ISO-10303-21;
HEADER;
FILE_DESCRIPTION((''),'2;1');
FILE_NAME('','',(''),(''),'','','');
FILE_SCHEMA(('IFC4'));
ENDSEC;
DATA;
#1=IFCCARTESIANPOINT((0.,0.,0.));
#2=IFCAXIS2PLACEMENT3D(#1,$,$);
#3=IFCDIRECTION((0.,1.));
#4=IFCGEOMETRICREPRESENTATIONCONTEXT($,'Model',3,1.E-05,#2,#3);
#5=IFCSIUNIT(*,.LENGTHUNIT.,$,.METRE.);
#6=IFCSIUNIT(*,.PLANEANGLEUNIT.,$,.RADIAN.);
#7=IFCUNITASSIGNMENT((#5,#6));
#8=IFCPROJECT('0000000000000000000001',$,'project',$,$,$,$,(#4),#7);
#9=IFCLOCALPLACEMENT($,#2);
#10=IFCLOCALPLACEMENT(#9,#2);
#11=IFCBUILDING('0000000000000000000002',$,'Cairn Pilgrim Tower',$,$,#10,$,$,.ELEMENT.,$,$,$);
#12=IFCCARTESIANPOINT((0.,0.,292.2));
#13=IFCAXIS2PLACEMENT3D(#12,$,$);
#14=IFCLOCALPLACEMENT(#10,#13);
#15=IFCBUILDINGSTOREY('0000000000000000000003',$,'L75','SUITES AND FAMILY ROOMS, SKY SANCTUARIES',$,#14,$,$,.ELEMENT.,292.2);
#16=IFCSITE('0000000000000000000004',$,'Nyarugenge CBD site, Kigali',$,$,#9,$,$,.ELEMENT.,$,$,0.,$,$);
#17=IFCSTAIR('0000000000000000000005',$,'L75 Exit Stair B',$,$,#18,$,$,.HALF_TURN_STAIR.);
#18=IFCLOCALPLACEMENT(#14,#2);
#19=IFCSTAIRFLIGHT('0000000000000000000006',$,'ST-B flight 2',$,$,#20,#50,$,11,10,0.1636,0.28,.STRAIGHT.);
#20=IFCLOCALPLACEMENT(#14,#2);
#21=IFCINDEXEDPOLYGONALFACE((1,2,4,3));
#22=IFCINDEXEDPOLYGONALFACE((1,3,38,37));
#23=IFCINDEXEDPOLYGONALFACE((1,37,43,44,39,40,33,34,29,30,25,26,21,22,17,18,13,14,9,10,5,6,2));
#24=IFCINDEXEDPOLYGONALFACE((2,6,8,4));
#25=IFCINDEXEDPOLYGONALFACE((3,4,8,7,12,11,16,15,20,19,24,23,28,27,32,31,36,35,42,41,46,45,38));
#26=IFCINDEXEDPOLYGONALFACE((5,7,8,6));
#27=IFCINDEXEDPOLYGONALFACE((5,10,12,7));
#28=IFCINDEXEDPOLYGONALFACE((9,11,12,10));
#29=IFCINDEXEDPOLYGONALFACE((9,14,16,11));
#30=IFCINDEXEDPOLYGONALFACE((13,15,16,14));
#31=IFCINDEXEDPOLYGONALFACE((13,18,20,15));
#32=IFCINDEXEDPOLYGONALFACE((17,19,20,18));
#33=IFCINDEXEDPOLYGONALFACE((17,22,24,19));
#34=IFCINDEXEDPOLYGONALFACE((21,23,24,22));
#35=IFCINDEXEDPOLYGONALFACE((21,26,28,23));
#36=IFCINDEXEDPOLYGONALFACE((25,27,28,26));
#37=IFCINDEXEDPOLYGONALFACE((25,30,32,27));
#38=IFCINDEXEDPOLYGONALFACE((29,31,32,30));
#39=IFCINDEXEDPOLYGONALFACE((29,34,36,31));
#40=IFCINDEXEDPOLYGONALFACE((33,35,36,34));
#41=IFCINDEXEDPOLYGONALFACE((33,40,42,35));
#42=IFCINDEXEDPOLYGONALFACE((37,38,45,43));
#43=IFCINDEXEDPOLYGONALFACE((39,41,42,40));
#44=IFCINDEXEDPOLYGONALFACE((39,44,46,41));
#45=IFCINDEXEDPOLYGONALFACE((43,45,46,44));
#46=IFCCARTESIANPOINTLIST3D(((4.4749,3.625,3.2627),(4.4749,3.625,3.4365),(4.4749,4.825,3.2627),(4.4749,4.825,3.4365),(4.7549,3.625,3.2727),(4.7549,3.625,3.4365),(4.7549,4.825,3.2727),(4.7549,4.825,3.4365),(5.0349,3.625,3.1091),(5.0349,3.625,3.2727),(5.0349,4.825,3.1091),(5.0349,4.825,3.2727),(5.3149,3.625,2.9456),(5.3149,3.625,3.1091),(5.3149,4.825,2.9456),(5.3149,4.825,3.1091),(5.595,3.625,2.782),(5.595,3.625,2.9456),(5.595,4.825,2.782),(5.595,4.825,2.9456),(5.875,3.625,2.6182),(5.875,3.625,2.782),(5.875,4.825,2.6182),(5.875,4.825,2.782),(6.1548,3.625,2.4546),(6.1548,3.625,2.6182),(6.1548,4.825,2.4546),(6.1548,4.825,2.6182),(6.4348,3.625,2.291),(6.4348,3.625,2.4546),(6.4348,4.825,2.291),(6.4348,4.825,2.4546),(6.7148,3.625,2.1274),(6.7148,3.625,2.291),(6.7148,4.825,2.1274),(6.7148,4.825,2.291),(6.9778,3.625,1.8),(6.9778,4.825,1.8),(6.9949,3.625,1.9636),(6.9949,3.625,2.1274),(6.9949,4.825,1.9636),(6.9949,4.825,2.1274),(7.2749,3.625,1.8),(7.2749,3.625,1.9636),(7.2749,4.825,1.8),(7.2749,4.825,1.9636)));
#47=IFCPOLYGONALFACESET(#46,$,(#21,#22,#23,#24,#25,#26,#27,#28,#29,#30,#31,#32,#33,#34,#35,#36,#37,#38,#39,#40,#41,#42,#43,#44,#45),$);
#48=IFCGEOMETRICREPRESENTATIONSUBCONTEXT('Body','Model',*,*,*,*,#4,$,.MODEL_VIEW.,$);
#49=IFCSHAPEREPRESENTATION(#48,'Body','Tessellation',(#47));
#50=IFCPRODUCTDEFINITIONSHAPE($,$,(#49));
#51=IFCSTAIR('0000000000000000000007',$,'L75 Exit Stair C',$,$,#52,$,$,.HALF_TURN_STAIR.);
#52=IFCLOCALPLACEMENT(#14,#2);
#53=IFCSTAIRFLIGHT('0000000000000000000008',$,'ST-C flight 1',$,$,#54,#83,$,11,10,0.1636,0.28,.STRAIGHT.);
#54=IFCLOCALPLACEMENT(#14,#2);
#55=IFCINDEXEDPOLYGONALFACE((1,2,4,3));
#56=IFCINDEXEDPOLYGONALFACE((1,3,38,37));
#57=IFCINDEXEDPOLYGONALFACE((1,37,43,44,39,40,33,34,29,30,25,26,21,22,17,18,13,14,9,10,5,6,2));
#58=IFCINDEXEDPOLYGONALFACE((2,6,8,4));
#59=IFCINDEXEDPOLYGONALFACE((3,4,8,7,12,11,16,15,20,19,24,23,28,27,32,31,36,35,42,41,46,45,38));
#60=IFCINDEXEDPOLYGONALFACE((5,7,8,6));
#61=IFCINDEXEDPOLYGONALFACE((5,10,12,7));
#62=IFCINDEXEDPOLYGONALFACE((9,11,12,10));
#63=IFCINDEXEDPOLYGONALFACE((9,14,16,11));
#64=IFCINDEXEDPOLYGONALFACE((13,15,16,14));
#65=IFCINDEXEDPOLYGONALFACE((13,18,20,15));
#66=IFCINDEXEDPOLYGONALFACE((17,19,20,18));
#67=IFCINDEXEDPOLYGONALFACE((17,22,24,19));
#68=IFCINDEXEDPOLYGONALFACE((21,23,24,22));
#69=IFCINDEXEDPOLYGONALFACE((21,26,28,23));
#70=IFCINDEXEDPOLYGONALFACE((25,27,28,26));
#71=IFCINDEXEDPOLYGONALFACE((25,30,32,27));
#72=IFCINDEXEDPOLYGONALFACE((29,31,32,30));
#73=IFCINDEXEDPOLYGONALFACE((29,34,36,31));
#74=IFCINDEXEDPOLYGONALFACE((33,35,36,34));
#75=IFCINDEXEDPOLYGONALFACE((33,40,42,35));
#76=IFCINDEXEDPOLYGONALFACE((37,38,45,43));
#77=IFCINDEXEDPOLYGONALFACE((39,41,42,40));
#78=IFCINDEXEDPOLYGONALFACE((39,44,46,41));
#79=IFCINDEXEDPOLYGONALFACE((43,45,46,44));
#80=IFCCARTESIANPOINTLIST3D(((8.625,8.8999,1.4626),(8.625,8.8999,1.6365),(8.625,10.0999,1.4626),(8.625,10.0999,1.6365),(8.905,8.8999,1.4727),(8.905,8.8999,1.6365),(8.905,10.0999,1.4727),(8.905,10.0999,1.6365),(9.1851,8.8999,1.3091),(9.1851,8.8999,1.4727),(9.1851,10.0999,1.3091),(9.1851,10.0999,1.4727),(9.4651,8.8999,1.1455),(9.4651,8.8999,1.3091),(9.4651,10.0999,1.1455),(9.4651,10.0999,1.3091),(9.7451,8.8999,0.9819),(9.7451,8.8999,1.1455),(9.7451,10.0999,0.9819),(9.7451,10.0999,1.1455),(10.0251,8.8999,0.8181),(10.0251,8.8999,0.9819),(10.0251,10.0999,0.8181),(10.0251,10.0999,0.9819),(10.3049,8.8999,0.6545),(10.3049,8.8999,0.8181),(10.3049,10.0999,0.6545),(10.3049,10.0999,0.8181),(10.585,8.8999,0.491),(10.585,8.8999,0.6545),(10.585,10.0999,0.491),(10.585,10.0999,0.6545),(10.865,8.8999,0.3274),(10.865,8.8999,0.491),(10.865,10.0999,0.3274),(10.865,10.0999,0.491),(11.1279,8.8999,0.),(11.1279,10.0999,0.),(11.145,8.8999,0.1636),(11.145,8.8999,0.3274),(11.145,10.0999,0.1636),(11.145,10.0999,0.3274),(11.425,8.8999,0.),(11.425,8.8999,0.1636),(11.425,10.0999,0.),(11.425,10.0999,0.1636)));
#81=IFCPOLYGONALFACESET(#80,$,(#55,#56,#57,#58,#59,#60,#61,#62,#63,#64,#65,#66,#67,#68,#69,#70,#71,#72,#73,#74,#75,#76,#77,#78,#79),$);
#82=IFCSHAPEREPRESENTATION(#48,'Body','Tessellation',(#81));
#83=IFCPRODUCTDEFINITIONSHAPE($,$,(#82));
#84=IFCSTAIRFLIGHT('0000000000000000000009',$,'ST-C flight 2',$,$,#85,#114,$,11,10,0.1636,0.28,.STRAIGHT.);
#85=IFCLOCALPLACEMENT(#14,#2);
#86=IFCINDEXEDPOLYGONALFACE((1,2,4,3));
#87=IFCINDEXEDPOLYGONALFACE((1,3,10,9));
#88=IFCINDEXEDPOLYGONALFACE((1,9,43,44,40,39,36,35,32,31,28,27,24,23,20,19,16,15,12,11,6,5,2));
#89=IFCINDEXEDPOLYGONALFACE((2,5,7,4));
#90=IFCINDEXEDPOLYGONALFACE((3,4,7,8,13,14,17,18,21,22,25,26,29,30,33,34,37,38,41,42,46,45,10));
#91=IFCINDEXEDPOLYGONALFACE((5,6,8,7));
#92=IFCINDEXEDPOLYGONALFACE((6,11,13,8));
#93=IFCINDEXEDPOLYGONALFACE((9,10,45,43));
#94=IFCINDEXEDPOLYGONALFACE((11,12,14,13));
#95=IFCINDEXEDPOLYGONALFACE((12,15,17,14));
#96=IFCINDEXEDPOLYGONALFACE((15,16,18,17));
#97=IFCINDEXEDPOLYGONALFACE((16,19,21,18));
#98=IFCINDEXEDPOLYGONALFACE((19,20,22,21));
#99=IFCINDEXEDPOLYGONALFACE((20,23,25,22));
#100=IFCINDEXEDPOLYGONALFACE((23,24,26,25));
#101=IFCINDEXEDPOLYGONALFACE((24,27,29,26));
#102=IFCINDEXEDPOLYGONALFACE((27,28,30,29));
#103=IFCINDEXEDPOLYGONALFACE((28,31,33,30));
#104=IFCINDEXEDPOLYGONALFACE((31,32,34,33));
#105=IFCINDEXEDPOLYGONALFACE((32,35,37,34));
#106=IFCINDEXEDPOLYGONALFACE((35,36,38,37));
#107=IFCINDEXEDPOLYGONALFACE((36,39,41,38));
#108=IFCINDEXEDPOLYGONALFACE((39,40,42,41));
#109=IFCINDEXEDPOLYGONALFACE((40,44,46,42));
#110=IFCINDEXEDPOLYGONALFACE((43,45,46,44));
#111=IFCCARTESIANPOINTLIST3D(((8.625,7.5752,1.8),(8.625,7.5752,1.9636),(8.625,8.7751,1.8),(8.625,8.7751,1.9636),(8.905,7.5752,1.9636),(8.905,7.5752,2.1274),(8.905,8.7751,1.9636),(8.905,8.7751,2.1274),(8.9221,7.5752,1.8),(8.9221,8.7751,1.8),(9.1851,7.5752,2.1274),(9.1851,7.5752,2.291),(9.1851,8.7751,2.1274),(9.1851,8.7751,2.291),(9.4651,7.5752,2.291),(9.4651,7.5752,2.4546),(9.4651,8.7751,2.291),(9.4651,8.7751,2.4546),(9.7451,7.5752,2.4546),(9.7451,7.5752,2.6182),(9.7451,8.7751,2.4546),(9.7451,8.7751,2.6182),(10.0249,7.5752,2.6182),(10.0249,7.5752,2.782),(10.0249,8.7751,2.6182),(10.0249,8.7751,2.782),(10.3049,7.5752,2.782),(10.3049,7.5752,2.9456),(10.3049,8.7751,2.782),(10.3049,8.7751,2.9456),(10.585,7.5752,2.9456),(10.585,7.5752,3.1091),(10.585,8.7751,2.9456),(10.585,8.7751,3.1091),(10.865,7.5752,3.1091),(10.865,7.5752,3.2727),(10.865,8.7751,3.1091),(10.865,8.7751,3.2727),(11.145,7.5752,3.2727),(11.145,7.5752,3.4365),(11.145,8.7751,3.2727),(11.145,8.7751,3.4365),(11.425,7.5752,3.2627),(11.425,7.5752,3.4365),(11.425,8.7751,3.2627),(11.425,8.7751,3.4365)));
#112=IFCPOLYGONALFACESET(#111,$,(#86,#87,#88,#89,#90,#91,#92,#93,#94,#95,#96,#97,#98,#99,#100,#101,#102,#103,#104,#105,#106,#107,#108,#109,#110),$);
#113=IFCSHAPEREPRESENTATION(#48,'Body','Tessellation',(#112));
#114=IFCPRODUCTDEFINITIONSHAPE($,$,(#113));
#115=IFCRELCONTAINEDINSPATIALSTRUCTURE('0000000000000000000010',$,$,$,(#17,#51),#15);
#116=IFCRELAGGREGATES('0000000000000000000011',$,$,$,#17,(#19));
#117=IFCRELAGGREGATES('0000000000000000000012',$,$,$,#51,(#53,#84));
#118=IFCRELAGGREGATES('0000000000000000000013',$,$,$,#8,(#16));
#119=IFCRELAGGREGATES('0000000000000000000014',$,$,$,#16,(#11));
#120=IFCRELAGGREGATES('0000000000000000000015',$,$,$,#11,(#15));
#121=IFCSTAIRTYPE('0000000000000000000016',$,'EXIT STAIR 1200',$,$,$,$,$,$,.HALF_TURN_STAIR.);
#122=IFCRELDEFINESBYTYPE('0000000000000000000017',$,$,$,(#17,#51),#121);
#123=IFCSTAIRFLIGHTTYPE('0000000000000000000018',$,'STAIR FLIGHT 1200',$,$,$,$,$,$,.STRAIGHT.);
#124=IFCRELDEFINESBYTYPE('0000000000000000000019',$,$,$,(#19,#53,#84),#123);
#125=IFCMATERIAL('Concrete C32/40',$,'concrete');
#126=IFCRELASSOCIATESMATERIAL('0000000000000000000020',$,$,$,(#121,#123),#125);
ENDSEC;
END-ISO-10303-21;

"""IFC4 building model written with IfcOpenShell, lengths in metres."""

from ifc_helpers import new_model, si_unit, direction, frame, origin, place, context, subcontext, project, spatial, polyline, outline, extrude, material, type_object, element, aggregate, save


model = new_model("IFC4")

# Units and contexts
model_context = context("Model", 3, precision=1e-05, world=origin(), true_north=direction((0.0, 1.0)))
body_context = subcontext(model_context, "Body", "Model", "MODEL_VIEW")
ifc_project = project(units=[si_unit("LENGTHUNIT", "METRE"), si_unit("PLANEANGLEUNIT", "RADIAN")], contexts=[model_context])

# Site, building, storey
site_placement = place(None, origin())
site = spatial("IfcSite", under=ifc_project, at=site_placement, Name="Nyarugenge CBD site, Kigali", CompositionType="ELEMENT", RefElevation=0.0)
building_placement = place(site_placement, origin())
building = spatial("IfcBuilding", under=site, at=building_placement, Name="Cairn Pilgrim Tower", CompositionType="ELEMENT")
storey_placement = place(building_placement, frame((0.0, 0.0, 292.2)))
storey = spatial("IfcBuildingStorey", under=building, at=storey_placement, Name="L75", Description="SUITES AND FAMILY ROOMS, SKY SANCTUARIES", CompositionType="ELEMENT", Elevation=292.2)

# Shared definitions
ifc_material_1 = material(Name="Concrete C32/40", Category="concrete")

# Stairs, stair flights
stair_type = type_object("IfcStairType", Name="EXIT STAIR 1200", PredefinedType="HALF_TURN_STAIR", material=ifc_material_1)
stair_1_placement = place(storey_placement, origin())
stair_1 = element("IfcStair", 1, at=stair_1_placement, inside=storey, type_object=stair_type, Name="L75 Exit Stair B", PredefinedType="HALF_TURN_STAIR")
stair_flight_type = type_object("IfcStairFlightType", Name="STAIR FLIGHT 1200", PredefinedType="STRAIGHT", material=ifc_material_1)
stair_flight_1_placement = place(storey_placement, frame((7.2749, 4.2251, 1.8), z_axis=(0.0, 0.0, 1.0), x_axis=(-1.0, 0.0, 0.0)))
stair_flight_1 = element("IfcStairFlight", 2, at=stair_flight_1_placement, type_object=stair_flight_type, Name="ST-B flight 2", NumberOfRisers=11, NumberOfTreads=10, PredefinedType="STRAIGHT", RiserHeight=0.1636, TreadLength=0.28, context=body_context, shape_type="SweptSolid", body=[
    extrude(outline(polyline([(0.0, 0.0), (0.0, 0.1636), (0.28, 0.1636), (0.28, 0.3274), (0.5601, 0.3274), (0.5601, 0.491), (0.8401, 0.491), (0.8401, 0.6545), (1.1201, 0.6545), (1.1201, 0.8181), (1.3999, 0.8181), (1.3999, 0.9819), (1.6799, 0.9819), (1.6799, 1.1455), (1.96, 1.1455), (1.96, 1.3091), (2.24, 1.3091), (2.24, 1.4727), (2.52, 1.4727), (2.52, 1.6365), (2.8, 1.6365), (2.8, 1.8), (2.8, 1.4626), (0.2971, 0.0), (0.0, 0.0)])), frame((0.0, 0.6001, 0.0), z_axis=(0.0, -1.0, 0.0), x_axis=(1.0, 0.0, 0.0)), (0.0, 0.0, 1.0), 1.2),
])
aggregate(stair_1, [stair_flight_1])
stair_2_placement = place(storey_placement, origin())
stair_2 = element("IfcStair", 3, at=stair_2_placement, inside=storey, type_object=stair_type, Name="L75 Exit Stair C", PredefinedType="HALF_TURN_STAIR")
stair_flight_2_placement = place(storey_placement, frame((11.425, 9.5, 0.0), z_axis=(0.0, 0.0, 1.0), x_axis=(-1.0, 0.0, 0.0)))
stair_flight_2 = element("IfcStairFlight", 4, at=stair_flight_2_placement, type_object=stair_flight_type, Name="ST-C flight 1", NumberOfRisers=11, NumberOfTreads=10, PredefinedType="STRAIGHT", RiserHeight=0.1636, TreadLength=0.28, context=body_context, shape_type="SweptSolid", body=[
    extrude(outline(polyline([(0.0, 0.0), (0.0, 0.1636), (0.28, 0.1636), (0.28, 0.3274), (0.5601, 0.3274), (0.5601, 0.491), (0.8401, 0.491), (0.8401, 0.6545), (1.1201, 0.6545), (1.1201, 0.8181), (1.3999, 0.8181), (1.3999, 0.9819), (1.6799, 0.9819), (1.6799, 1.1455), (1.96, 1.1455), (1.96, 1.3091), (2.24, 1.3091), (2.24, 1.4727), (2.52, 1.4727), (2.52, 1.6365), (2.8, 1.6365), (2.8, 1.8), (2.8, 1.4626), (0.2971, 0.0), (0.0, 0.0)])), frame((0.0, 0.6001, 0.0), z_axis=(0.0, -1.0, 0.0), x_axis=(1.0, 0.0, 0.0)), (0.0, 0.0, 1.0), 1.2),
])
stair_flight_3_placement = place(storey_placement, frame((8.625, 8.175, 1.8), z_axis=(0.0, 0.0, 1.0), x_axis=(1.0, 0.0, 0.0)))
stair_flight_3 = element("IfcStairFlight", 5, at=stair_flight_3_placement, type_object=stair_flight_type, Name="ST-C flight 2", NumberOfRisers=11, NumberOfTreads=10, PredefinedType="STRAIGHT", RiserHeight=0.1636, TreadLength=0.28, context=body_context, shape_type="SweptSolid", body=[
    extrude(outline(polyline([(0.0, 0.0), (0.0, 0.1636), (0.28, 0.1636), (0.28, 0.3274), (0.5601, 0.3274), (0.5601, 0.491), (0.8401, 0.491), (0.8401, 0.6545), (1.1201, 0.6545), (1.1201, 0.8181), (1.3999, 0.8181), (1.3999, 0.9819), (1.6799, 0.9819), (1.6799, 1.1455), (1.96, 1.1455), (1.96, 1.3091), (2.24, 1.3091), (2.24, 1.4727), (2.52, 1.4727), (2.52, 1.6365), (2.8, 1.6365), (2.8, 1.8), (2.8, 1.4626), (0.2971, 0.0), (0.0, 0.0)])), frame((0.0, 0.6001, 0.0), z_axis=(0.0, -1.0, 0.0), x_axis=(1.0, 0.0, 0.0)), (0.0, 0.0, 1.0), 1.2),
])
aggregate(stair_2, [stair_flight_2, stair_flight_3])

save(model, "model.ifc")
